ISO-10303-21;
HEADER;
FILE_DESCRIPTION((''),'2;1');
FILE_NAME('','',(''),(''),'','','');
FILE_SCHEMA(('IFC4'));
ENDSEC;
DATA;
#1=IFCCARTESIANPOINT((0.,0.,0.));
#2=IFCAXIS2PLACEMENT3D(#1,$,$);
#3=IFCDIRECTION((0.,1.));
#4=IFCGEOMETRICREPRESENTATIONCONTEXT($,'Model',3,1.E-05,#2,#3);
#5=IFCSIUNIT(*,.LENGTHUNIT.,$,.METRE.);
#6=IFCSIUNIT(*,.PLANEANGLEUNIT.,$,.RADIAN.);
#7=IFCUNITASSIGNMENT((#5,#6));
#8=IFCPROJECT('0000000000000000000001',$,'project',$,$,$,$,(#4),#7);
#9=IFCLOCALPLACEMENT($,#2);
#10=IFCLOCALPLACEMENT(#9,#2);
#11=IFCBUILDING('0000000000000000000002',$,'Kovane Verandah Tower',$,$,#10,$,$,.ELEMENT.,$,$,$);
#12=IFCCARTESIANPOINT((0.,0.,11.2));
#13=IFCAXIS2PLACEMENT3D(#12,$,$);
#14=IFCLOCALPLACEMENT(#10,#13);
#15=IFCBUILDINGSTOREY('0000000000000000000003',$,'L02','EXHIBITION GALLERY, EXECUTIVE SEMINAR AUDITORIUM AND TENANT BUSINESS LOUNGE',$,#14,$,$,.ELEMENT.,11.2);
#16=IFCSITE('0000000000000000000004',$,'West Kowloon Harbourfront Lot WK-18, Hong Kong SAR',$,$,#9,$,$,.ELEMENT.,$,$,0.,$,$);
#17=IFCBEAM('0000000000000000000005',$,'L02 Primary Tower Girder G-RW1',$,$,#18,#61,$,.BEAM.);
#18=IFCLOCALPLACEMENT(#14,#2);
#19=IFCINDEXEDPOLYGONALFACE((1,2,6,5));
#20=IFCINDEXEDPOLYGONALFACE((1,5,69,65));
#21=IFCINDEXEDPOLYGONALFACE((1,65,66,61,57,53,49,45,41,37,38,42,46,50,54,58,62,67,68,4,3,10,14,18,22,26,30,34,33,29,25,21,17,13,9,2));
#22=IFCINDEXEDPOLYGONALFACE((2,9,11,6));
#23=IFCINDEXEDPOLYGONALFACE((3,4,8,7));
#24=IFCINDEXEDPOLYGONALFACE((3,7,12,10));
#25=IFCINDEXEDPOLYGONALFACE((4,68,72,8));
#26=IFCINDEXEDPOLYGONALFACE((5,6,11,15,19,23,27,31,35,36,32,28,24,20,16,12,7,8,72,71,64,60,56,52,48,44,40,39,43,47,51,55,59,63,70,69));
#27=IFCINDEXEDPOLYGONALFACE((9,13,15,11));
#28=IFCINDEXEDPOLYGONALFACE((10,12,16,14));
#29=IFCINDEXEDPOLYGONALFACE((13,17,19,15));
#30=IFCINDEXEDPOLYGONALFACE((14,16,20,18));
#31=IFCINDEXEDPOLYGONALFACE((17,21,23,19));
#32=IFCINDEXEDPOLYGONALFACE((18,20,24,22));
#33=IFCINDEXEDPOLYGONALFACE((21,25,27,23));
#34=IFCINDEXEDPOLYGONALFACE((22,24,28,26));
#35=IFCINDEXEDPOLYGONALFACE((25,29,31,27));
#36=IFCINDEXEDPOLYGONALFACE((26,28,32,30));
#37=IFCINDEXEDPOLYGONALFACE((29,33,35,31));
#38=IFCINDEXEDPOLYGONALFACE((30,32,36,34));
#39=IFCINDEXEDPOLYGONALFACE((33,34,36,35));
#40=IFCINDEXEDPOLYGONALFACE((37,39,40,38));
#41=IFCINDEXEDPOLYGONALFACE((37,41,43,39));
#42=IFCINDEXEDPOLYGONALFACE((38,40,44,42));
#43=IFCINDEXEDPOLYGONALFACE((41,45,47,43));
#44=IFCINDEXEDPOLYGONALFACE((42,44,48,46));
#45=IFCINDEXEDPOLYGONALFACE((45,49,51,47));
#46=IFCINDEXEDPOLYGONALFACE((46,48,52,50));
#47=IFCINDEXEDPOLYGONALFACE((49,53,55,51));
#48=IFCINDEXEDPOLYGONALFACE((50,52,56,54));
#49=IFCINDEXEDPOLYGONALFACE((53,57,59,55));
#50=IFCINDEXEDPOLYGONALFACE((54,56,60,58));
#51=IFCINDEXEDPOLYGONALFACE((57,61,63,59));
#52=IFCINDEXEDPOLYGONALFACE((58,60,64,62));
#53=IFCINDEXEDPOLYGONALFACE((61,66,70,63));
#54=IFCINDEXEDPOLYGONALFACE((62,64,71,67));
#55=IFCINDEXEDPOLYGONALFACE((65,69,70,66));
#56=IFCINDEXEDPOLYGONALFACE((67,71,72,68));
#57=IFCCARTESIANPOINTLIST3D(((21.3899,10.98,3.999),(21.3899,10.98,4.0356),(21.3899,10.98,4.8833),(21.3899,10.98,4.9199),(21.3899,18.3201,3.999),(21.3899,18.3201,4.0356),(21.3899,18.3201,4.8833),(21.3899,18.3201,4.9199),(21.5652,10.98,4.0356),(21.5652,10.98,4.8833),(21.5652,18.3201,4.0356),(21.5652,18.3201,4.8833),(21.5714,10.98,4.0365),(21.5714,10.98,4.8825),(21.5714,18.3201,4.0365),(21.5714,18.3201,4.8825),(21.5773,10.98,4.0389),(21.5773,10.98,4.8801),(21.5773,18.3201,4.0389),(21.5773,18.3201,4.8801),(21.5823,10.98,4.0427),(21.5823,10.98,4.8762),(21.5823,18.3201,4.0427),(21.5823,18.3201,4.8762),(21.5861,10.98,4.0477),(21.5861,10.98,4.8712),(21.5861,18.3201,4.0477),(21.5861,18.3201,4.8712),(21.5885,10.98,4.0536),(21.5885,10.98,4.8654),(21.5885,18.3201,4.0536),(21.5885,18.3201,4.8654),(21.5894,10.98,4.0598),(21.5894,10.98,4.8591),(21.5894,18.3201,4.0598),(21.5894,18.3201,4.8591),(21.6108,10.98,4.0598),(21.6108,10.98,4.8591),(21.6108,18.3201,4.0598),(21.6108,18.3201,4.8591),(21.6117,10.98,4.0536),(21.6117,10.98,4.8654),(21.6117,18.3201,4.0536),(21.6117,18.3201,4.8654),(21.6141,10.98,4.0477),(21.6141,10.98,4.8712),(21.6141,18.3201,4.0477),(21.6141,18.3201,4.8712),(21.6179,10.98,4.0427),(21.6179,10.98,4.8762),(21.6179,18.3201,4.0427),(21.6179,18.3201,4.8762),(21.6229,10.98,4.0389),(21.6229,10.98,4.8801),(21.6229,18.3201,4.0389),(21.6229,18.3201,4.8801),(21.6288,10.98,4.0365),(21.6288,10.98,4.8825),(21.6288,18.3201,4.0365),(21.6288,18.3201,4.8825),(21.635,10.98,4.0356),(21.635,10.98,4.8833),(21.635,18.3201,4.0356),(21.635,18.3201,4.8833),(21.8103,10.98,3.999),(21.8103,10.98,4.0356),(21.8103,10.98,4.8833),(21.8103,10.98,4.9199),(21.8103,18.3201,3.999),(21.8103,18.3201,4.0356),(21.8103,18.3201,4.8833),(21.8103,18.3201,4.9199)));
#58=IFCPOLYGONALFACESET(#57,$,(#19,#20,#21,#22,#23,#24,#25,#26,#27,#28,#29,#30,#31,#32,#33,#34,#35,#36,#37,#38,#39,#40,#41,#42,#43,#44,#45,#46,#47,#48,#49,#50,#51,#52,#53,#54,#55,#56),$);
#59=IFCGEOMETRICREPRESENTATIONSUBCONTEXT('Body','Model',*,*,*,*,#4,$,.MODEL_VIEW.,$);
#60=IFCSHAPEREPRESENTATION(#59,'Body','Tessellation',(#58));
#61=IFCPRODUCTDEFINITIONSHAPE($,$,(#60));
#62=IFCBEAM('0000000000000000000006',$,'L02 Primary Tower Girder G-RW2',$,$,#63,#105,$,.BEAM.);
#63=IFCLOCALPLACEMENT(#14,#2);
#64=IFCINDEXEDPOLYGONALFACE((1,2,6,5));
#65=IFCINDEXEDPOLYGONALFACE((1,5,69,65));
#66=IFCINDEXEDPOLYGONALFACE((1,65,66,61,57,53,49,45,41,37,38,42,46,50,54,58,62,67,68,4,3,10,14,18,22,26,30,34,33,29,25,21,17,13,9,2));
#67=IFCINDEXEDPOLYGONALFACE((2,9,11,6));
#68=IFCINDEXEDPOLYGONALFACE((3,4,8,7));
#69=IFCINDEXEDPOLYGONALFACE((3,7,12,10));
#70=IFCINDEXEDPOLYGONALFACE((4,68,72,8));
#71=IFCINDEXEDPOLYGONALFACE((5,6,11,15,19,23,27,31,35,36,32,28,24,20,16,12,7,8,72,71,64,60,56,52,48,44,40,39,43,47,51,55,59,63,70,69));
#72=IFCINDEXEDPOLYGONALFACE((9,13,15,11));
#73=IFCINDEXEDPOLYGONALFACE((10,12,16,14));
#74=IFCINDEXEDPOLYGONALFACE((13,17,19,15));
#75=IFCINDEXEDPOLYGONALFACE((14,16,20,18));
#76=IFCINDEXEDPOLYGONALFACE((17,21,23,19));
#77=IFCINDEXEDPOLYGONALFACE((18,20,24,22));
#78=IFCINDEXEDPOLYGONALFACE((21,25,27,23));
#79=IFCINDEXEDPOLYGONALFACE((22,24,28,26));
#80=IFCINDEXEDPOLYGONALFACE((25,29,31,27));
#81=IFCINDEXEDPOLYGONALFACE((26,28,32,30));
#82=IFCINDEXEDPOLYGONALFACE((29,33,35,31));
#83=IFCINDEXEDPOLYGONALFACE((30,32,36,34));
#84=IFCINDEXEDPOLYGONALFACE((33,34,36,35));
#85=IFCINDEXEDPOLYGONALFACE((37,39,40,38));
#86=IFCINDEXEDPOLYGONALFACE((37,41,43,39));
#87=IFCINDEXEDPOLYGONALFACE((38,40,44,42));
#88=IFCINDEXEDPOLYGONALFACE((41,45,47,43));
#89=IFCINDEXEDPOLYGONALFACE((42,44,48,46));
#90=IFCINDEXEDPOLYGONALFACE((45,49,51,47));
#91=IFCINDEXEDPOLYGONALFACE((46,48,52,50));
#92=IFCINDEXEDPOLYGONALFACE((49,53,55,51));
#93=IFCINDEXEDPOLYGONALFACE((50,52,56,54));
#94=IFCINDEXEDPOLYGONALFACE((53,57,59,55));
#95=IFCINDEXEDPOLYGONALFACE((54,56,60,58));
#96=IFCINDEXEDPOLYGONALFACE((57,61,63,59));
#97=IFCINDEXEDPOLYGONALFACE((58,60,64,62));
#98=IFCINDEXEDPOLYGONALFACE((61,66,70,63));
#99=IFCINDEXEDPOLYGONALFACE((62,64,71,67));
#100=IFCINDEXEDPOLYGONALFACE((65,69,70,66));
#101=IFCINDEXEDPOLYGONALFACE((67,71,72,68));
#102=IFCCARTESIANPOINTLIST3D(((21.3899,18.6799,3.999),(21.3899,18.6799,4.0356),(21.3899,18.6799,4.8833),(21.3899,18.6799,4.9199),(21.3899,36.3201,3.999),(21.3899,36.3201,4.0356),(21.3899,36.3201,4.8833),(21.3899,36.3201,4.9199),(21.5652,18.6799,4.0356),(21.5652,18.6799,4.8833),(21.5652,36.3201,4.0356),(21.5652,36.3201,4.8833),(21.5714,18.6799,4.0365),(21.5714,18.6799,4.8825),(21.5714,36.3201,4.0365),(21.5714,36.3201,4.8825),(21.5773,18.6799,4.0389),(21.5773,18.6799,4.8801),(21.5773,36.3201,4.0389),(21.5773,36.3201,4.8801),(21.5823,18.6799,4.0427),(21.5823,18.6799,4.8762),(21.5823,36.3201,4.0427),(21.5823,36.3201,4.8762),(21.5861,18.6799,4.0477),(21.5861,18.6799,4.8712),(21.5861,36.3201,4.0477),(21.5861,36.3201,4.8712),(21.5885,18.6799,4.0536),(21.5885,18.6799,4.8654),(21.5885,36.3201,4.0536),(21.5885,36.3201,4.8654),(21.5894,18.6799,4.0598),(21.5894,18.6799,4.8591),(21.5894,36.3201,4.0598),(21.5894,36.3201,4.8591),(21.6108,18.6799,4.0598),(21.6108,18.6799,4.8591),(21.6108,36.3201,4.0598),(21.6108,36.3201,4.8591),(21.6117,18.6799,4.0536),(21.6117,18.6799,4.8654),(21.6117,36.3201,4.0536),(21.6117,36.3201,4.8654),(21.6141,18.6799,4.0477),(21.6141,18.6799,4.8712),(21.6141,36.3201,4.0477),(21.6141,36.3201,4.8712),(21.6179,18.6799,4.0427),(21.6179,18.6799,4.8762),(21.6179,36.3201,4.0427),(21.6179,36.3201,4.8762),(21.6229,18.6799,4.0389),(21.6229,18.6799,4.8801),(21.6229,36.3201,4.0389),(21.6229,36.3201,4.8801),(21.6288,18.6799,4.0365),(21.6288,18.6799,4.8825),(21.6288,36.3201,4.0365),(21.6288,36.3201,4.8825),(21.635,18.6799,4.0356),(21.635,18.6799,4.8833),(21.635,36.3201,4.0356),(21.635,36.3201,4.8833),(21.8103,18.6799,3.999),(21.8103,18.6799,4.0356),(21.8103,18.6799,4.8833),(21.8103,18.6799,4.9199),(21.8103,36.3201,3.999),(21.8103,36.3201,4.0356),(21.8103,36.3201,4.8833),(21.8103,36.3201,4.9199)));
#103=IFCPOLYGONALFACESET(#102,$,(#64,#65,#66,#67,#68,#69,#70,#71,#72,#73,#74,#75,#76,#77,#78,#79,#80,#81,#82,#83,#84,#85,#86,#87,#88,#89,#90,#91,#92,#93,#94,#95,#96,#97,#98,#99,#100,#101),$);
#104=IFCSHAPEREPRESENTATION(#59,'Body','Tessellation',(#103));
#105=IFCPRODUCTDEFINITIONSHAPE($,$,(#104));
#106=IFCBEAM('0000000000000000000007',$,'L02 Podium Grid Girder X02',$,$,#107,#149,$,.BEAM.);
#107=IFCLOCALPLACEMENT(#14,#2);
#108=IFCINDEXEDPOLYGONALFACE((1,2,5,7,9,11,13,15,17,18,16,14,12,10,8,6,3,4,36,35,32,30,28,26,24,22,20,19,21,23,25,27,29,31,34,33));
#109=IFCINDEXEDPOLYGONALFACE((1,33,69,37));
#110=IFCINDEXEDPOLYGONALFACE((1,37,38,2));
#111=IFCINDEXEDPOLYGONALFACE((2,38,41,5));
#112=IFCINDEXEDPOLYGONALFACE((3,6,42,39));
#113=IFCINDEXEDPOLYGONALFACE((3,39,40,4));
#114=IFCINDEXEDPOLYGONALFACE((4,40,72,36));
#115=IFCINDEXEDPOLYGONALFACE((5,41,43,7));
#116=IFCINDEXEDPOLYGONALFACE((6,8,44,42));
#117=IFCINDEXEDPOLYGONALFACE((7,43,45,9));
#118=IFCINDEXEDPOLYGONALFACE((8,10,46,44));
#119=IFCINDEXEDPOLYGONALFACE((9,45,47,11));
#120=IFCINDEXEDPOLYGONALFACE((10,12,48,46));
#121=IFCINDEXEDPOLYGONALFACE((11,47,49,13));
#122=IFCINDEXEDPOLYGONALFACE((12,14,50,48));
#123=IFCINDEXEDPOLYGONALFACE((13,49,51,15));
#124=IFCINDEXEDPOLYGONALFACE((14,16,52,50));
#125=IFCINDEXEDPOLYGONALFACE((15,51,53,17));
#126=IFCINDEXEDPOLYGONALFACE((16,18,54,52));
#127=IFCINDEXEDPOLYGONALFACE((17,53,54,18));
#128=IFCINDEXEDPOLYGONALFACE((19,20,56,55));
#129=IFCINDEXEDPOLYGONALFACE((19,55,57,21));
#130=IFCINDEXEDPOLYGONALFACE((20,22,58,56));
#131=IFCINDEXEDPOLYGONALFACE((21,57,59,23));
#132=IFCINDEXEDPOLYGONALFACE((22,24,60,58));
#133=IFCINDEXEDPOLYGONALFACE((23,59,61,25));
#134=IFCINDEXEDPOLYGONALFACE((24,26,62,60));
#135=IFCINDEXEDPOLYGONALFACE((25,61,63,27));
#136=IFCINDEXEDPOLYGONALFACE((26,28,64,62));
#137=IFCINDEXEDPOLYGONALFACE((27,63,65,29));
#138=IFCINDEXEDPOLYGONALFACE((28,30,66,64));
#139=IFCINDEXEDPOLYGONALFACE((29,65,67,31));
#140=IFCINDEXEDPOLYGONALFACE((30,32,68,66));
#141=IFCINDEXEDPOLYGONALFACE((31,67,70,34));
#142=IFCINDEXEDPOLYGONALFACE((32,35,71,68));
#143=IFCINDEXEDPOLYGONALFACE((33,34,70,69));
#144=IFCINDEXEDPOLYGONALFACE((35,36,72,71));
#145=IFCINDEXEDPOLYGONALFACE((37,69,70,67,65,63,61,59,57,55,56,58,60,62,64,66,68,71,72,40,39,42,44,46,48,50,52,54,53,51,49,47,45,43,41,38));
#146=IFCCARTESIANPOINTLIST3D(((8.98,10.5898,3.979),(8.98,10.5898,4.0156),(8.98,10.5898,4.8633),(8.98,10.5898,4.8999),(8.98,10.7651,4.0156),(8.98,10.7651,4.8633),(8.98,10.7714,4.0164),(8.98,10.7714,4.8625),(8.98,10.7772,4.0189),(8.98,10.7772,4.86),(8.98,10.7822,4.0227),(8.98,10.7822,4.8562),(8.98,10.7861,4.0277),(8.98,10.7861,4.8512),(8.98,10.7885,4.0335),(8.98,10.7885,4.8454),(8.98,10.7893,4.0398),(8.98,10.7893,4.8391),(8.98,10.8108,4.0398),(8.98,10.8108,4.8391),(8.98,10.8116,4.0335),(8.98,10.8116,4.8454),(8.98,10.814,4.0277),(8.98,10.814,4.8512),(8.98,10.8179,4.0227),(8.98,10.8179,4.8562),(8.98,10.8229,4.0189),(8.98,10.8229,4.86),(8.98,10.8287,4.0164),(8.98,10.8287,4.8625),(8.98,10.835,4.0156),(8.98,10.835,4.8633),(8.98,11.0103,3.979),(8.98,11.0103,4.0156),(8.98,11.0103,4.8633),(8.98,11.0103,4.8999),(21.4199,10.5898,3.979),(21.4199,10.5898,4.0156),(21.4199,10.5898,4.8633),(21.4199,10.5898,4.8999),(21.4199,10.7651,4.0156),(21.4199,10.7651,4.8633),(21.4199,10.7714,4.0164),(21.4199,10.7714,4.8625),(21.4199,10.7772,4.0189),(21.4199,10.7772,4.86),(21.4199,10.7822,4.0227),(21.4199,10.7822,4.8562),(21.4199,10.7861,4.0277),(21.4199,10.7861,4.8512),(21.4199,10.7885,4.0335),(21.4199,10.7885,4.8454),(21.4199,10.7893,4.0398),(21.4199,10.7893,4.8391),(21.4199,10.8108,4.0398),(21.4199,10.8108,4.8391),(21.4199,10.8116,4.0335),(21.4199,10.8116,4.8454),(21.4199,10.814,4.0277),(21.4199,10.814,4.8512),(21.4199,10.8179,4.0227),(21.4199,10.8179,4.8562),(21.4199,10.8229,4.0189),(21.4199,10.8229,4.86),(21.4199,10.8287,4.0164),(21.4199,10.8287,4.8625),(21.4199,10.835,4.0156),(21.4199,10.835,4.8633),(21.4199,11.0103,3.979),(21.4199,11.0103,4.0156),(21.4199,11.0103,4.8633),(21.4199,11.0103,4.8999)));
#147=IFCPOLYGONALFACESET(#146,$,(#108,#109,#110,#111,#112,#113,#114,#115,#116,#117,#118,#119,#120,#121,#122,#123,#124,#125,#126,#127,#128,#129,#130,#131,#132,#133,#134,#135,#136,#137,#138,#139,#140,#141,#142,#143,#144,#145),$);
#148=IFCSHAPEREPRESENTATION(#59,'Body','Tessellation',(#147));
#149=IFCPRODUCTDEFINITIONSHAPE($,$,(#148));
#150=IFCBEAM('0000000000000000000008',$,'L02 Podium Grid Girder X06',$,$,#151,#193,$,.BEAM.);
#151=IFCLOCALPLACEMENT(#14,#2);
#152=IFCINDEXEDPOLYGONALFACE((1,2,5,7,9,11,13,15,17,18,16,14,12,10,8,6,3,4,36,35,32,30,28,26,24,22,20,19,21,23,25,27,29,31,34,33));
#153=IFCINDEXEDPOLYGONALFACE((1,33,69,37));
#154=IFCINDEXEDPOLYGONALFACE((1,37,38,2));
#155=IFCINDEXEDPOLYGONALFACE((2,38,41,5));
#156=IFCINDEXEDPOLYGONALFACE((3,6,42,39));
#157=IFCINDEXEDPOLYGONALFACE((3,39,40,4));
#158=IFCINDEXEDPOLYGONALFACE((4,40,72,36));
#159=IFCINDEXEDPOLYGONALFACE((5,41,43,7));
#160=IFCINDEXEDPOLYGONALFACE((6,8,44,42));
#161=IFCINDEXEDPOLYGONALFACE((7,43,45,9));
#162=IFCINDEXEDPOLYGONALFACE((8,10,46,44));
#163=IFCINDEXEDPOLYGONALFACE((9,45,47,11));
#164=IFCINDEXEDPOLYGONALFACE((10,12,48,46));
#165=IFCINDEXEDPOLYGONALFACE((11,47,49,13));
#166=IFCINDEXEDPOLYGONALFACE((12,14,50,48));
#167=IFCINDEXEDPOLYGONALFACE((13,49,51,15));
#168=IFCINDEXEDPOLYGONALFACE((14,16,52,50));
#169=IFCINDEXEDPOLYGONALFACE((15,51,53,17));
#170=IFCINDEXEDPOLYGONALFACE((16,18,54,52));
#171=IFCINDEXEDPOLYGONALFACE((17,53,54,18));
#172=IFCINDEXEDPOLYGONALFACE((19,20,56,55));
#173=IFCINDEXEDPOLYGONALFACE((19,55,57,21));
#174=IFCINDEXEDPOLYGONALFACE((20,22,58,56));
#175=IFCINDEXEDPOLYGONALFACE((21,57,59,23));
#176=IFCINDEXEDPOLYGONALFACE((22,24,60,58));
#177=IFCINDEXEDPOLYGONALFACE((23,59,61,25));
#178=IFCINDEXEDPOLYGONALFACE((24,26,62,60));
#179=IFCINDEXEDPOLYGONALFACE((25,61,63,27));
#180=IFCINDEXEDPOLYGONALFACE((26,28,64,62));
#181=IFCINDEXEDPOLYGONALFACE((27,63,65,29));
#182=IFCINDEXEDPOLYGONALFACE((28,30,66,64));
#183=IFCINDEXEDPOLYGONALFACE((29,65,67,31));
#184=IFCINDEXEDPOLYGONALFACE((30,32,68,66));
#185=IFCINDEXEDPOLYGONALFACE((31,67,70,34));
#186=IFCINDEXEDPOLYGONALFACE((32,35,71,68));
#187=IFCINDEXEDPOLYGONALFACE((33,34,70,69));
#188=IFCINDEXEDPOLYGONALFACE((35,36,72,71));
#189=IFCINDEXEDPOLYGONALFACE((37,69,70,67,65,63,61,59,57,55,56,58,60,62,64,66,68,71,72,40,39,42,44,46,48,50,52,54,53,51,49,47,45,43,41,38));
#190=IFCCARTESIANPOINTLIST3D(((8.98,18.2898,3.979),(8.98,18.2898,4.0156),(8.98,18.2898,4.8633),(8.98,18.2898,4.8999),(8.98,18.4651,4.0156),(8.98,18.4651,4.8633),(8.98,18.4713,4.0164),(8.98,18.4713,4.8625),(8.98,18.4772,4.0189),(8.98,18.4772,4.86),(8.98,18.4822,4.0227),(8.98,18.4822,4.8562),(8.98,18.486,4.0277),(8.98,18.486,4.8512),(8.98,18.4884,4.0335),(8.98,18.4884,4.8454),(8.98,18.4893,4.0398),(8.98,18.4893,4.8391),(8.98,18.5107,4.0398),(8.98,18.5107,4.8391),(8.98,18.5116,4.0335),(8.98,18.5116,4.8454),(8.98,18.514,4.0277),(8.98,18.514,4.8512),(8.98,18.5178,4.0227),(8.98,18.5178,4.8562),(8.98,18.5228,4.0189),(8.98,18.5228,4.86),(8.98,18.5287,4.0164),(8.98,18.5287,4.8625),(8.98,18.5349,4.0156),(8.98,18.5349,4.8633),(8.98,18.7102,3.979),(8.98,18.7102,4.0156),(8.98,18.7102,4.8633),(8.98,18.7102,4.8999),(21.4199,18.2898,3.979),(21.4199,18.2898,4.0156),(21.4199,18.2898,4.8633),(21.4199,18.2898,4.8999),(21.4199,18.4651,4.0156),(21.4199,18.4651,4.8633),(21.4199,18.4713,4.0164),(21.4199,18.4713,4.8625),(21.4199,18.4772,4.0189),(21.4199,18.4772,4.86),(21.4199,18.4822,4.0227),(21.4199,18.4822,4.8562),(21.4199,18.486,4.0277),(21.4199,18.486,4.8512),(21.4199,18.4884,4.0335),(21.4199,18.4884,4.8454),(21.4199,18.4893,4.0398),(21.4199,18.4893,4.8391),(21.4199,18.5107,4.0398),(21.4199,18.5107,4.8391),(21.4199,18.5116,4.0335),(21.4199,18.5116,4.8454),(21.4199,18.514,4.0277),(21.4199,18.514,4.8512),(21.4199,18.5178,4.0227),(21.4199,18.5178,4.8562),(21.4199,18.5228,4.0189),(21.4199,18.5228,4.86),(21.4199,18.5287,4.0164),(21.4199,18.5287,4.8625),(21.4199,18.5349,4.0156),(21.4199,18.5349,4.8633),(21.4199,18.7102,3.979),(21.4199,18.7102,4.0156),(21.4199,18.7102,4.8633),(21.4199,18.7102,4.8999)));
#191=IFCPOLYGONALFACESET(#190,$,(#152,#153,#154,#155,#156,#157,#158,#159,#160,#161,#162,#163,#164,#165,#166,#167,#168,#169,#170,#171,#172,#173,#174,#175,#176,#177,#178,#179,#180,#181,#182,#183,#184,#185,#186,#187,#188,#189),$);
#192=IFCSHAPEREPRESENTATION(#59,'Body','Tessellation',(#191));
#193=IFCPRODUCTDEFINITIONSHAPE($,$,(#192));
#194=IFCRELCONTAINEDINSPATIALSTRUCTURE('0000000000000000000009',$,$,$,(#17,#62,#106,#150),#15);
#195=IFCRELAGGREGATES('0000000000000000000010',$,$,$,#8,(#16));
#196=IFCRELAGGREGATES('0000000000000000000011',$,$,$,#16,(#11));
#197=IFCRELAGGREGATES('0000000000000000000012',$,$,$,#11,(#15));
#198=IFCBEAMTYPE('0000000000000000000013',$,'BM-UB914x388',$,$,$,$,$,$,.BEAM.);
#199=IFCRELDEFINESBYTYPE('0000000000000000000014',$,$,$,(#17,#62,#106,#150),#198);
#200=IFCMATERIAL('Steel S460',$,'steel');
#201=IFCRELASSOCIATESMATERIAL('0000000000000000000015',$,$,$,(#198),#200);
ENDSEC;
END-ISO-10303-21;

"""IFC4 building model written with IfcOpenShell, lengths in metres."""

from ifc_helpers import new_model, si_unit, direction, frame, origin, origin_2d, place, context, subcontext, project, spatial, i_section, extrude, material, material_profile, profile_set, type_object, element, save


model = new_model("IFC4")

# Units and contexts
model_context = context("Model", 3, precision=1e-05, world=origin(), true_north=direction((0.0, 1.0)))
body_context = subcontext(model_context, "Body", "Model", "MODEL_VIEW")
ifc_project = project(units=[si_unit("LENGTHUNIT", "METRE"), si_unit("PLANEANGLEUNIT", "RADIAN")], contexts=[model_context])

# Site, building, storey
site_placement = place(None, origin())
site = spatial("IfcSite", under=ifc_project, at=site_placement, Name="West Kowloon Harbourfront Lot WK-18, Hong Kong SAR", CompositionType="ELEMENT", RefElevation=0.0)
building_placement = place(site_placement, origin())
building = spatial("IfcBuilding", under=site, at=building_placement, Name="Kovane Verandah Tower", CompositionType="ELEMENT")
storey_placement = place(building_placement, frame((0.0, 0.0, 11.2)))
storey = spatial("IfcBuildingStorey", under=building, at=storey_placement, Name="L02", Description="EXHIBITION GALLERY, EXECUTIVE SEMINAR AUDITORIUM AND TENANT BUSINESS LOUNGE", CompositionType="ELEMENT", Elevation=11.2)

# Shared definitions
ifc_material_1 = material(Name="Steel S460", Category="steel")

# Beams
ifc_material_profile_1 = material_profile(ifc_material_1, i_section(OverallWidth=0.4204, OverallDepth=0.9209, WebThickness=0.0215, FlangeThickness=0.0366, FilletRadius=0.0242, at=origin_2d()), Name="UB914x419x388")
ifc_profile_set_1 = profile_set([ifc_material_profile_1], Name="Steel S460")
beam_type = type_object("IfcBeamType", Name="BM-UB914x388", PredefinedType="BEAM", material=ifc_profile_set_1)
beam_1_placement = place(storey_placement, frame((21.6001, 10.98, 4.4595), z_axis=(0.0, 1.0, 0.0), x_axis=(-1.0, 0.0, 0.0)))
element("IfcBeam", 1, at=beam_1_placement, inside=storey, type_object=beam_type, Name="L02 Primary Tower Girder G-RW1", PredefinedType="BEAM", context=body_context, shape_type="SweptSolid", body=[
    extrude(i_section(OverallWidth=0.4204, OverallDepth=0.9209, WebThickness=0.0215, FlangeThickness=0.0366, FilletRadius=0.0242, at=origin_2d()), origin(), (0.0, 0.0, 1.0), 7.3401),
])
beam_2_placement = place(storey_placement, frame((21.6001, 18.6799, 4.4595), z_axis=(0.0, 1.0, 0.0), x_axis=(-1.0, 0.0, 0.0)))
element("IfcBeam", 2, at=beam_2_placement, inside=storey, type_object=beam_type, Name="L02 Primary Tower Girder G-RW2", PredefinedType="BEAM", context=body_context, shape_type="SweptSolid", body=[
    extrude(i_section(OverallWidth=0.4204, OverallDepth=0.9209, WebThickness=0.0215, FlangeThickness=0.0366, FilletRadius=0.0242, at=origin_2d()), origin(), (0.0, 0.0, 1.0), 17.6401),
])
for number, where, z_axis, x_axis, name in (
    (3, (8.98, 10.8, 4.4395), (1.0, 0.0, 0.0), (0.0, 1.0, 0.0), "L02 Podium Grid Girder X02"),
    (4, (8.98, 18.5, 4.4395), (1.0, 0.0, 0.0), (0.0, 1.0, 0.0), "L02 Podium Grid Girder X06"),
):
    element("IfcBeam", number, at=place(storey_placement, frame(where, z_axis=z_axis, x_axis=x_axis)), inside=storey, type_object=beam_type, Name=name, PredefinedType="BEAM", context=body_context, shape_type="SweptSolid", body=[
        extrude(i_section(OverallWidth=0.4204, OverallDepth=0.9209, WebThickness=0.0215, FlangeThickness=0.0366, FilletRadius=0.0242, at=origin_2d()), origin(), (0.0, 0.0, 1.0), 12.4399),
    ])

save(model, "model.ifc")
